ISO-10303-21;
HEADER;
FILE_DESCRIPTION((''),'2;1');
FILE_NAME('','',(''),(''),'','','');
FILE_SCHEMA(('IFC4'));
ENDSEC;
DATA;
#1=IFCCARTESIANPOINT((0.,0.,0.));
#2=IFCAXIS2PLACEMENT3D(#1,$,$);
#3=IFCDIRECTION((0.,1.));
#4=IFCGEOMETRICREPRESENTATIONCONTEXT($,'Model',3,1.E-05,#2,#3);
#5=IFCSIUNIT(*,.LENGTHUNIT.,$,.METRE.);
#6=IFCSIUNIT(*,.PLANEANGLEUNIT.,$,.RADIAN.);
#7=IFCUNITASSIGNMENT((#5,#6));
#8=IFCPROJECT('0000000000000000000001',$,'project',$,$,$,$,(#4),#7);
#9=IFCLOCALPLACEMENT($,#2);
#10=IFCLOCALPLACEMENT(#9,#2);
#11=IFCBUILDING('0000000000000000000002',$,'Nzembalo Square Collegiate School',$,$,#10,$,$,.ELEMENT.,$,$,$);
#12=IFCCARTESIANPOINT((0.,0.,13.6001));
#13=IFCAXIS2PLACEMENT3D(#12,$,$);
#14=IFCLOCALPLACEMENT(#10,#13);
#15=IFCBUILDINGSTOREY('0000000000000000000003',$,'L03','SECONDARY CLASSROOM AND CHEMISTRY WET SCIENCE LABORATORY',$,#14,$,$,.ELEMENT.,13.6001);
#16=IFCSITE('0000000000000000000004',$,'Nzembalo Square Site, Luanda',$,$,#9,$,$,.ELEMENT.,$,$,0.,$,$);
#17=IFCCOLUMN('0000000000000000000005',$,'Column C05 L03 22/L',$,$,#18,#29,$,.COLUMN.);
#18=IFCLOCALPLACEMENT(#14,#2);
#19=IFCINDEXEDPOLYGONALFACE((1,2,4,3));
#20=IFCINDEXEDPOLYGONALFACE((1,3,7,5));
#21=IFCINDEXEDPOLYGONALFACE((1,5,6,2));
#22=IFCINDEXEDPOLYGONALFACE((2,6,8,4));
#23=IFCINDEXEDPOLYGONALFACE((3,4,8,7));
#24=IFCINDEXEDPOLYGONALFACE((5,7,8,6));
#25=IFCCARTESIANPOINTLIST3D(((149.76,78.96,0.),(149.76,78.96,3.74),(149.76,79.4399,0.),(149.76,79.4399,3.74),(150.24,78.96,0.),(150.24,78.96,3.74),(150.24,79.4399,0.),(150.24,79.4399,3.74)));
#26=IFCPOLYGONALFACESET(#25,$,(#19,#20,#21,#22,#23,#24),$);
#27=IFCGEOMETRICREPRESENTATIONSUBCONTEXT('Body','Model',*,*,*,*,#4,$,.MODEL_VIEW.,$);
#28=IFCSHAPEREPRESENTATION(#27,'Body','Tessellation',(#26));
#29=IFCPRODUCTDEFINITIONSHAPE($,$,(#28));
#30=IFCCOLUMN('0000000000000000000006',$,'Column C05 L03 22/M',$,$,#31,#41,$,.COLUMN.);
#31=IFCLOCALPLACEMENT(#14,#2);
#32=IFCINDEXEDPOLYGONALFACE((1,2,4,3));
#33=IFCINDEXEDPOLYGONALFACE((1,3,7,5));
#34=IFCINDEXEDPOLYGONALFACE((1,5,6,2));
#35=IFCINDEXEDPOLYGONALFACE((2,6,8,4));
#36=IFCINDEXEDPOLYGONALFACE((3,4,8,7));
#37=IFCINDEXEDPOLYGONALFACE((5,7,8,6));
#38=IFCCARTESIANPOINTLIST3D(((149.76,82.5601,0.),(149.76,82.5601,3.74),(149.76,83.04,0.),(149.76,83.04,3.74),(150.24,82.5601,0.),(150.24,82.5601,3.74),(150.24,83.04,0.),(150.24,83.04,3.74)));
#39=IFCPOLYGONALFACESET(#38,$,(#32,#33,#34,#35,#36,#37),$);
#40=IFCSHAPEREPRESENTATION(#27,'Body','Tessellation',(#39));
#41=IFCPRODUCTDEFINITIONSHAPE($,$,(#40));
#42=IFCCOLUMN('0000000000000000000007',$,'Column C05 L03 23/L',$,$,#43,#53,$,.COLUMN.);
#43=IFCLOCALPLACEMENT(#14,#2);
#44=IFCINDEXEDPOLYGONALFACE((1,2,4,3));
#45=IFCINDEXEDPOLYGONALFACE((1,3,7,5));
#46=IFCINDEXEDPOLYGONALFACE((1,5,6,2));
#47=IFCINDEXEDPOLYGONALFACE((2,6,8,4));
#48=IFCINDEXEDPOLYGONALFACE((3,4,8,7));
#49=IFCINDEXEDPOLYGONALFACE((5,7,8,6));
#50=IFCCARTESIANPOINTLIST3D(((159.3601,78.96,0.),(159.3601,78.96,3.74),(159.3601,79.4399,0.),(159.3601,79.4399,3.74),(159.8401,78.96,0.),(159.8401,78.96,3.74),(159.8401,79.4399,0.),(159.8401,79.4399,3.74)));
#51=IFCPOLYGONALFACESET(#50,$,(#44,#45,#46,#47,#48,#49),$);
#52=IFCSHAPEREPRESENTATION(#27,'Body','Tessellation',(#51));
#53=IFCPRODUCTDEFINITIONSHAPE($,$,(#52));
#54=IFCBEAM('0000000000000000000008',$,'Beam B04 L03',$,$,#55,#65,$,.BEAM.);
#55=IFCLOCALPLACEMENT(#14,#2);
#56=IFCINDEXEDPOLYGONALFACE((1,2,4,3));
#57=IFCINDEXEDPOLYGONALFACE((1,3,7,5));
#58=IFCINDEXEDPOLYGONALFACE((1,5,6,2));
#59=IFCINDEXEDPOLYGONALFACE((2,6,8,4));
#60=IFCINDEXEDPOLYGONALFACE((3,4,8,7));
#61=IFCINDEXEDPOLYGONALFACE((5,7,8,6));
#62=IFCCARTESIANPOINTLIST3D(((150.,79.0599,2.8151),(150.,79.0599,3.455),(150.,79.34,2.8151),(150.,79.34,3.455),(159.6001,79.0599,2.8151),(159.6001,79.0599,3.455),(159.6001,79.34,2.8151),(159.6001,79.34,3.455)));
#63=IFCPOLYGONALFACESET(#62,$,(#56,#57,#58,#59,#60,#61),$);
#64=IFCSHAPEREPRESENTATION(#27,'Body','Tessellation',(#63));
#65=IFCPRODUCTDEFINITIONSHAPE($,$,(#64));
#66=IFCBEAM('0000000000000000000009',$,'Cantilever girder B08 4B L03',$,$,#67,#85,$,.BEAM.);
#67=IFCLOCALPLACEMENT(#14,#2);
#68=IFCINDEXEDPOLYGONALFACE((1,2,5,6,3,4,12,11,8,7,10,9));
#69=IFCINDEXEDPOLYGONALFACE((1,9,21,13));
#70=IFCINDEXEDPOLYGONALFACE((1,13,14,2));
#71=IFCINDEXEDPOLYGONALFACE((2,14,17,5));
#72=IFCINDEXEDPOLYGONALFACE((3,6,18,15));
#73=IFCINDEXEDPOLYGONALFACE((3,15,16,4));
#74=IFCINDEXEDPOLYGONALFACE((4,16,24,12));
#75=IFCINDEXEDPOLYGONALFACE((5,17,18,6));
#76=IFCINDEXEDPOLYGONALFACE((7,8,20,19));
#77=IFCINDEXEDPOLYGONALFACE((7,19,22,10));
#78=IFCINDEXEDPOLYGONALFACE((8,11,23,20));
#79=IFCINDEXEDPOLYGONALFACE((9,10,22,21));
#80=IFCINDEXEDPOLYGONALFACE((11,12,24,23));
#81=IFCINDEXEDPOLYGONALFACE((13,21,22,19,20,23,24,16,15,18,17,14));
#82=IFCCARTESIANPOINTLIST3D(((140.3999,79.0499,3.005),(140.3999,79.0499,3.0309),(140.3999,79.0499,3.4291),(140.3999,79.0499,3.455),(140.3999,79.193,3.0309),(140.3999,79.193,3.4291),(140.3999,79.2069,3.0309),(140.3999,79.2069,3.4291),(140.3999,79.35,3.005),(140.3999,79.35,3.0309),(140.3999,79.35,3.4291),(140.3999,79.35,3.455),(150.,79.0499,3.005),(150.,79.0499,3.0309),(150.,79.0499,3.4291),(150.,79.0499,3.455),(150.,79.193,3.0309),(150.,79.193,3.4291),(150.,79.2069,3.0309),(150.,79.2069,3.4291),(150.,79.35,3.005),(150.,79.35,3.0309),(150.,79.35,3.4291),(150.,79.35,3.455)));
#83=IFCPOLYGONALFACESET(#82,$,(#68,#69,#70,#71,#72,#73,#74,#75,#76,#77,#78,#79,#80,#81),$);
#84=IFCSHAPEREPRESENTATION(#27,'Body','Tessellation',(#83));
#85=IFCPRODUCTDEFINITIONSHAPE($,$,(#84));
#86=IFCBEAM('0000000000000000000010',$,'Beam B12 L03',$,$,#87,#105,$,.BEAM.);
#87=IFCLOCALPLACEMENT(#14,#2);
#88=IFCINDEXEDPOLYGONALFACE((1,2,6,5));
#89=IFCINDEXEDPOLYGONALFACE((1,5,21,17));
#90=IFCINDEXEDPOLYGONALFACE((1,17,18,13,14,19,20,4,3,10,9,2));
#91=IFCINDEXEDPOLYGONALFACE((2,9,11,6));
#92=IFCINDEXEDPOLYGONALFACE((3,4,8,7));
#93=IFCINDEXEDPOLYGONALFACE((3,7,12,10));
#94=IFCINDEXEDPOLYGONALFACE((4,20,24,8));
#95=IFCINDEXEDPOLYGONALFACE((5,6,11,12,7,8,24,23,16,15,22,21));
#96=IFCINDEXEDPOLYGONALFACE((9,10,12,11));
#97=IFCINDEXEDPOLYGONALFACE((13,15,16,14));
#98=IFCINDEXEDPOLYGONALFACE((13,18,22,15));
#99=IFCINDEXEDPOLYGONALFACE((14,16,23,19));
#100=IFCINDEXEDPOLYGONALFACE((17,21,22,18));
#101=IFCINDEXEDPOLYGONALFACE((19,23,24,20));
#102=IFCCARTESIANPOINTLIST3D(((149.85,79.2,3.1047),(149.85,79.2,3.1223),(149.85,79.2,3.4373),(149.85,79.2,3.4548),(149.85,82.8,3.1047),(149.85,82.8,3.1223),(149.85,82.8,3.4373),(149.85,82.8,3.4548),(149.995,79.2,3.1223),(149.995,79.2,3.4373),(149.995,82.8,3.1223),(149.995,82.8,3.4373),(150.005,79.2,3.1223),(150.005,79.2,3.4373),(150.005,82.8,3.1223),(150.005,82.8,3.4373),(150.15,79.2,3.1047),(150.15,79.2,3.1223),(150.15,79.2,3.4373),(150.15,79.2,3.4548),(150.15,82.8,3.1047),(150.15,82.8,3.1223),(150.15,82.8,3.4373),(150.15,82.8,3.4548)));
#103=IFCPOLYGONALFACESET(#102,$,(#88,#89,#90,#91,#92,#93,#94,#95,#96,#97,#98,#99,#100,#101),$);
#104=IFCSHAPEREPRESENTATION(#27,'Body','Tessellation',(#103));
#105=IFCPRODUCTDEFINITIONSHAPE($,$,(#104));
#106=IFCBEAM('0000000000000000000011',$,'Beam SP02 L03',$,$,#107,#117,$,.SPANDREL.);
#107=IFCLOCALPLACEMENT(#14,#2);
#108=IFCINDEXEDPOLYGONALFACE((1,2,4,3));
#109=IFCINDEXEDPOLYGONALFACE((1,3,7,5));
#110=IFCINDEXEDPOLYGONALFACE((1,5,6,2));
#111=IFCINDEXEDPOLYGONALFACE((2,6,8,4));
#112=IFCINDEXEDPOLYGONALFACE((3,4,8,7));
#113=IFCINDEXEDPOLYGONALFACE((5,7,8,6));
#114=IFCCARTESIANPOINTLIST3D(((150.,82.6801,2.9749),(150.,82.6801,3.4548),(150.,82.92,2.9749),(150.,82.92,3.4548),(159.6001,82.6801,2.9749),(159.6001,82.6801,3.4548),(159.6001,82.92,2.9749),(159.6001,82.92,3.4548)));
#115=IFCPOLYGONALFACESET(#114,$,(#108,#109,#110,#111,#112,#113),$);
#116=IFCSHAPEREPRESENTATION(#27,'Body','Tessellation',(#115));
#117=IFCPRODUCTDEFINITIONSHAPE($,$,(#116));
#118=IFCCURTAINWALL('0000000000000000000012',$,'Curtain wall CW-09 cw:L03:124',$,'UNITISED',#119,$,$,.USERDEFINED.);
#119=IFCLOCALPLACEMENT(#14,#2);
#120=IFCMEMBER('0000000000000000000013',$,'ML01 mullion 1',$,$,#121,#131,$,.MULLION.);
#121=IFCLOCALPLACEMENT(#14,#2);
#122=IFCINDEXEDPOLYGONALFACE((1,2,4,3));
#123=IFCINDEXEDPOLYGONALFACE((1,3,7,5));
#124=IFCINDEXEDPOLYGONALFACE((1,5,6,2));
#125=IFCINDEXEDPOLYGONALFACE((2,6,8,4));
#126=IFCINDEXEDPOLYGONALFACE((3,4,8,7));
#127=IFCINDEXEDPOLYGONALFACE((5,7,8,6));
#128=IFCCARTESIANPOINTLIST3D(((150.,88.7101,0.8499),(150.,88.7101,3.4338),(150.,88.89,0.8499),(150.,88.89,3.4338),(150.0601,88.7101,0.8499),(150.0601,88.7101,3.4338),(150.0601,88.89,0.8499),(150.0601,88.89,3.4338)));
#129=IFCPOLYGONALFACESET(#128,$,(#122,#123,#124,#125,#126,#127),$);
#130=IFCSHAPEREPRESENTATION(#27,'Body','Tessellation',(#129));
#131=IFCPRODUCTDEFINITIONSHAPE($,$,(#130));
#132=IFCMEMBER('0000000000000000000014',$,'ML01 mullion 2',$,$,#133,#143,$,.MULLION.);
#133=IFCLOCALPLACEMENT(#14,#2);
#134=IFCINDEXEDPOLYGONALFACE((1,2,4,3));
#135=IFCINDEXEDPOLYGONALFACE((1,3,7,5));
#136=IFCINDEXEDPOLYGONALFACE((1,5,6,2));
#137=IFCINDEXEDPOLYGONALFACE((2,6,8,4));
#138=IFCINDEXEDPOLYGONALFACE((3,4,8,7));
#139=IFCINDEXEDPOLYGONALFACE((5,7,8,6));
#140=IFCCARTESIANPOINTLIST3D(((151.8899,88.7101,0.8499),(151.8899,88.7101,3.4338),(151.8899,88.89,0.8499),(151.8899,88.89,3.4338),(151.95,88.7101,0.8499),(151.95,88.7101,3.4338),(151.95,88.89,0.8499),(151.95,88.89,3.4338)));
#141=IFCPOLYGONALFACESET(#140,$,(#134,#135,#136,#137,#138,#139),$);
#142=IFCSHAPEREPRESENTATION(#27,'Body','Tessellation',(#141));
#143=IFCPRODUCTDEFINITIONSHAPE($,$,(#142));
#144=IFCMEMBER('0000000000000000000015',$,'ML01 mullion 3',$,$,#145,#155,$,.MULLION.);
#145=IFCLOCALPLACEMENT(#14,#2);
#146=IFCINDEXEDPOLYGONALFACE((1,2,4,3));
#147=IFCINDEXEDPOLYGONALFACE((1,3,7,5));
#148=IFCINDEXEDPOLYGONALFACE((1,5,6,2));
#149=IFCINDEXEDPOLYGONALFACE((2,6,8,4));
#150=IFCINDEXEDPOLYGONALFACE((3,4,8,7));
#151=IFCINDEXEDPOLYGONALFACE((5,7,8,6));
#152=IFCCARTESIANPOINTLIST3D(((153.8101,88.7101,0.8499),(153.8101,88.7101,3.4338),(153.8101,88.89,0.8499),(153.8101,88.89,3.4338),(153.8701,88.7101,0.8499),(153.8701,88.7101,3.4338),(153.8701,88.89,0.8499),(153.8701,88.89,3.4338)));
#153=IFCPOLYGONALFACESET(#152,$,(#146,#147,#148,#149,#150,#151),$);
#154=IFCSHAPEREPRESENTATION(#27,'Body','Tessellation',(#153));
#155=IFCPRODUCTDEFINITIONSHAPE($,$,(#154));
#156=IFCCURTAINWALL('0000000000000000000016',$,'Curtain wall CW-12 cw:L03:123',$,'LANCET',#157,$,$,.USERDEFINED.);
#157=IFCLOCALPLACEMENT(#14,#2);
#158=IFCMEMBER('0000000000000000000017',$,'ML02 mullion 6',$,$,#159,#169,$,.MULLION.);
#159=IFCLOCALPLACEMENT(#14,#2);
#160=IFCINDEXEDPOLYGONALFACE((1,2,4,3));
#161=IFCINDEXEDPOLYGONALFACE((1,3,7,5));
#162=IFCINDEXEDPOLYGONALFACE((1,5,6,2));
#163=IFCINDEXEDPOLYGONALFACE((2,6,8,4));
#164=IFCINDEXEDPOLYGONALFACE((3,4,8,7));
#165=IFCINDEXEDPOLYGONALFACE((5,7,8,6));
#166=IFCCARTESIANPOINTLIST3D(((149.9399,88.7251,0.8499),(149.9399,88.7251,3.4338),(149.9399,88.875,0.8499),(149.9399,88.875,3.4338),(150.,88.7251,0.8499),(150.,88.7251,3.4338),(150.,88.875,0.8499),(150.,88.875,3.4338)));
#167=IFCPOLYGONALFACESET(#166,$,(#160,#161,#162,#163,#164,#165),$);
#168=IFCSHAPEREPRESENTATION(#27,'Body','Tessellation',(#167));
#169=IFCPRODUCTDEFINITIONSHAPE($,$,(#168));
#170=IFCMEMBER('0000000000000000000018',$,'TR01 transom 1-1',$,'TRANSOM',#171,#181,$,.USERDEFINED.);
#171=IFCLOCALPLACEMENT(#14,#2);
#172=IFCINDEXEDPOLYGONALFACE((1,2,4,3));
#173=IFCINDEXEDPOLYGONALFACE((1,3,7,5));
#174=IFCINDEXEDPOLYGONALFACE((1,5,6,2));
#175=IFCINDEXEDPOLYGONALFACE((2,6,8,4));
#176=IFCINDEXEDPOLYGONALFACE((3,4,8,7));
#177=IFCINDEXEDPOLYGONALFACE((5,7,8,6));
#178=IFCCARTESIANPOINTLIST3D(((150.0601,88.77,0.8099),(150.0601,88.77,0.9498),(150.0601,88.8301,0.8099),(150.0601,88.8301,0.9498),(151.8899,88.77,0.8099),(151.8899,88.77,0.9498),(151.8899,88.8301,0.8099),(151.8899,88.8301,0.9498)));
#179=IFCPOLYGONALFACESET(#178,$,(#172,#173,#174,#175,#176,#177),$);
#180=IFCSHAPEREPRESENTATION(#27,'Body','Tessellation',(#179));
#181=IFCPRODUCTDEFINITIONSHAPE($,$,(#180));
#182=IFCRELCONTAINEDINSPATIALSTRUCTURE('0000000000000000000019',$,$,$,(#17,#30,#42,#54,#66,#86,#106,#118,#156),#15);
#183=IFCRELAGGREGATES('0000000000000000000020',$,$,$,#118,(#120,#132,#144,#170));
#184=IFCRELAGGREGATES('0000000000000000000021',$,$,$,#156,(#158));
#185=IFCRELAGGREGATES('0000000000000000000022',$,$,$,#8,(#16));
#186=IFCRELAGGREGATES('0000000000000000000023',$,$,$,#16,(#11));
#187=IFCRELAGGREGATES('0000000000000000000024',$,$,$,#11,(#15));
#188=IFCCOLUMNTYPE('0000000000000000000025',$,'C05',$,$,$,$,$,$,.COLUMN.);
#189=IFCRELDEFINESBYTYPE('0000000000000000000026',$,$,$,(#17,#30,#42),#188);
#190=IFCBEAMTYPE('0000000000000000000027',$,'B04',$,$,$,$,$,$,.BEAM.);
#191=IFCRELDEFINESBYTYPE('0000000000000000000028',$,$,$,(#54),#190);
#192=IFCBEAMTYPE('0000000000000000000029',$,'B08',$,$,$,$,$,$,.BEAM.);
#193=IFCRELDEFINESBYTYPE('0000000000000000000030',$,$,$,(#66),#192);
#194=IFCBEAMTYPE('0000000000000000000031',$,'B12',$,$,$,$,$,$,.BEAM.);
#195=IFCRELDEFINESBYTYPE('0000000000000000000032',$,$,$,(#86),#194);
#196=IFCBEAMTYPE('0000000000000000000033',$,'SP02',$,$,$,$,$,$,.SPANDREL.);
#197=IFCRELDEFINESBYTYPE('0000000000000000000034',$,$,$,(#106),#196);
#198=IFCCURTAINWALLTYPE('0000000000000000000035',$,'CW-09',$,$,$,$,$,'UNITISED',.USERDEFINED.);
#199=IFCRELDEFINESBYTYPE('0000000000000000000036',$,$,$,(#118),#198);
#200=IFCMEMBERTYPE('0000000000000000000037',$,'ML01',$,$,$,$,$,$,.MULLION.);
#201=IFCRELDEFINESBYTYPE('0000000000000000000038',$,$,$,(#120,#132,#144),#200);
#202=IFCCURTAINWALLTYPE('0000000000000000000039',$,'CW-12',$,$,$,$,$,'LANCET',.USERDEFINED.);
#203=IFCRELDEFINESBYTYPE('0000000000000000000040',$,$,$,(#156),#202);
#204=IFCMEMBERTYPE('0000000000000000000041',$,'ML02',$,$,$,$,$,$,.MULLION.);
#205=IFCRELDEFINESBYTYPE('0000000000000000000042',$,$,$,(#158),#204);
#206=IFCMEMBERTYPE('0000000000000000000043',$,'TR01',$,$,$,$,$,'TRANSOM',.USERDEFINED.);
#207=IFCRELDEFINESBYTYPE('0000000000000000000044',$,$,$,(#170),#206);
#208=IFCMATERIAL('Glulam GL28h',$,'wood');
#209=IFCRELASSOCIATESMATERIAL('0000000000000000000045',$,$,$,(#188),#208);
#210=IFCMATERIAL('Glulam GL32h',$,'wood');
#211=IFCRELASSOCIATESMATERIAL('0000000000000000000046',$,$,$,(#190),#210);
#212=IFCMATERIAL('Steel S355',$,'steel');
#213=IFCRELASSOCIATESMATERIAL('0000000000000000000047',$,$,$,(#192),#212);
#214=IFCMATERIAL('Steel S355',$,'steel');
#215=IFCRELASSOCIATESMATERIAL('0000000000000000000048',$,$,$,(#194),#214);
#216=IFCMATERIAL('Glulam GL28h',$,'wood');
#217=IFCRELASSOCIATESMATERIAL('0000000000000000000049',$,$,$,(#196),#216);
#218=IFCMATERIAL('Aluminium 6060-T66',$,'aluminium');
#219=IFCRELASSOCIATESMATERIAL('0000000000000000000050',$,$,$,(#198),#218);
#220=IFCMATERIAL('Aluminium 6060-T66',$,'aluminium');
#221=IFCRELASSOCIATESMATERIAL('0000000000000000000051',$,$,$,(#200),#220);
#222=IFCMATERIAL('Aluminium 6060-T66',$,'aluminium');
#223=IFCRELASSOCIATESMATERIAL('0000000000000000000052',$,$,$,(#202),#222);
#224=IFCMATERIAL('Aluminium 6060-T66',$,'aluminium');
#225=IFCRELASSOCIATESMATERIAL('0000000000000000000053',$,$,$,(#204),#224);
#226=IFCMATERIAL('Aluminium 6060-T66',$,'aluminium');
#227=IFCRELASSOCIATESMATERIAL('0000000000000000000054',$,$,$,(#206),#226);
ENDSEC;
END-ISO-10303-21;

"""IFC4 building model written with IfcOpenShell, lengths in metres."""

from ifc_helpers import new_model, si_unit, direction, frame, origin, origin_2d, place, context, subcontext, project, spatial, rectangle, i_section, extrude, material, material_profile, profile_set, type_object, element, aggregate, save


model = new_model("IFC4")

# Units and contexts
model_context = context("Model", 3, precision=1e-05, world=origin(), true_north=direction((0.0, 1.0)))
body_context = subcontext(model_context, "Body", "Model", "MODEL_VIEW")
ifc_project = project(units=[si_unit("LENGTHUNIT", "METRE"), si_unit("PLANEANGLEUNIT", "RADIAN")], contexts=[model_context])

# Site, building, storey
site_placement = place(None, origin())
site = spatial("IfcSite", under=ifc_project, at=site_placement, Name="Nzembalo Square Site, Luanda", CompositionType="ELEMENT", RefElevation=0.0)
building_placement = place(site_placement, origin())
building = spatial("IfcBuilding", under=site, at=building_placement, Name="Nzembalo Square Collegiate School", CompositionType="ELEMENT")
storey_placement = place(building_placement, frame((0.0, 0.0, 13.6001)))
storey = spatial("IfcBuildingStorey", under=building, at=storey_placement, Name="L03", Description="SECONDARY CLASSROOM AND CHEMISTRY WET SCIENCE LABORATORY", CompositionType="ELEMENT", Elevation=13.6001)

# Columns
ifc_material_1 = material(Name="Glulam GL28h", Category="wood")
ifc_material_profile_1 = material_profile(ifc_material_1, rectangle(XDim=0.48, YDim=0.48, at=origin_2d()), Name="GL28h 480x480")
ifc_profile_set_1 = profile_set([ifc_material_profile_1], Name="Glulam GL28h")
column_type = type_object("IfcColumnType", Name="C05", PredefinedType="COLUMN", material=ifc_profile_set_1)
for number, where, z_axis, x_axis, name in (
    (1, (150.0, 79.2, 0.0), (0.0, 0.0, 1.0), (1.0, 0.0, 0.0), "Column C05 L03 22/L"),
    (2, (150.0, 82.8, 0.0), (0.0, 0.0, 1.0), (1.0, 0.0, 0.0), "Column C05 L03 22/M"),
    (3, (159.6001, 79.2, 0.0), (0.0, 0.0, 1.0), (1.0, 0.0, 0.0), "Column C05 L03 23/L"),
):
    element("IfcColumn", number, at=place(storey_placement, frame(where, z_axis=z_axis, x_axis=x_axis)), inside=storey, type_object=column_type, Name=name, PredefinedType="COLUMN", context=body_context, shape_type="SweptSolid", body=[
        extrude(rectangle(XDim=0.48, YDim=0.48, at=origin_2d()), origin(), (0.0, 0.0, 1.0), 3.74),
    ])

# Beams
ifc_material_2 = material(Name="Glulam GL32h", Category="wood")
ifc_material_profile_2 = material_profile(ifc_material_2, rectangle(XDim=0.28, YDim=0.6399, at=origin_2d()), Name="GL32h 280x640")
ifc_profile_set_2 = profile_set([ifc_material_profile_2], Name="Glulam GL32h")
beam_type_1 = type_object("IfcBeamType", Name="B04", PredefinedType="BEAM", material=ifc_profile_set_2)
beam_1_placement = place(storey_placement, frame((150.0, 79.2, 3.135), z_axis=(1.0, 0.0, 0.0), x_axis=(0.0, 1.0, 0.0)))
element("IfcBeam", 4, at=beam_1_placement, inside=storey, type_object=beam_type_1, Name="Beam B04 L03", PredefinedType="BEAM", context=body_context, shape_type="SweptSolid", body=[
    extrude(rectangle(XDim=0.28, YDim=0.6399, at=origin_2d()), origin(), (0.0, 0.0, 1.0), 9.6001),
])
ifc_material_3 = material(Name="Steel S355", Category="steel")
ifc_material_profile_3 = material_profile(ifc_material_3, i_section(OverallWidth=0.3, OverallDepth=0.45, WebThickness=0.0139, FlangeThickness=0.0259, at=origin_2d()), Name="HEB 450")
ifc_profile_set_3 = profile_set([ifc_material_profile_3], Name="Steel S355")
beam_type_2 = type_object("IfcBeamType", Name="B08", PredefinedType="BEAM", material=ifc_profile_set_3)
beam_2_placement = place(storey_placement, frame((150.0, 79.2, 3.23), z_axis=(-1.0, 0.0, 0.0), x_axis=(0.0, -1.0, 0.0)))
element("IfcBeam", 5, at=beam_2_placement, inside=storey, type_object=beam_type_2, Name="Cantilever girder B08 4B L03", PredefinedType="BEAM", context=body_context, shape_type="SweptSolid", body=[
    extrude(i_section(OverallWidth=0.3, OverallDepth=0.45, WebThickness=0.0139, FlangeThickness=0.0259, at=origin_2d()), origin(), (0.0, 0.0, 1.0), 9.6001),
])
ifc_material_4 = material(Name="Steel S355", Category="steel")
ifc_material_profile_4 = material_profile(ifc_material_4, i_section(OverallWidth=0.3, OverallDepth=0.3501, WebThickness=0.01, FlangeThickness=0.0176, at=origin_2d()), Name="HEA 360")
ifc_profile_set_4 = profile_set([ifc_material_profile_4], Name="Steel S355")
beam_type_3 = type_object("IfcBeamType", Name="B12", PredefinedType="BEAM", material=ifc_profile_set_4)
beam_3_placement = place(storey_placement, frame((150.0, 79.2, 3.2798), z_axis=(0.0, 1.0, 0.0), x_axis=(-1.0, 0.0, 0.0)))
element("IfcBeam", 6, at=beam_3_placement, inside=storey, type_object=beam_type_3, Name="Beam B12 L03", PredefinedType="BEAM", context=body_context, shape_type="SweptSolid", body=[
    extrude(i_section(OverallWidth=0.3, OverallDepth=0.3501, WebThickness=0.01, FlangeThickness=0.0176, at=origin_2d()), origin(), (0.0, 0.0, 1.0), 3.6001),
])
ifc_material_5 = material(Name="Glulam GL28h", Category="wood")
ifc_material_profile_5 = material_profile(ifc_material_5, rectangle(XDim=0.24, YDim=0.48, at=origin_2d()), Name="GL28h 240x480")
ifc_profile_set_5 = profile_set([ifc_material_profile_5], Name="Glulam GL28h")
beam_type_4 = type_object("IfcBeamType", Name="SP02", PredefinedType="SPANDREL", material=ifc_profile_set_5)
beam_4_placement = place(storey_placement, frame((150.0, 82.8, 3.2148), z_axis=(1.0, 0.0, 0.0), x_axis=(0.0, 1.0, 0.0)))
element("IfcBeam", 7, at=beam_4_placement, inside=storey, type_object=beam_type_4, Name="Beam SP02 L03", PredefinedType="SPANDREL", context=body_context, shape_type="SweptSolid", body=[
    extrude(rectangle(XDim=0.24, YDim=0.48, at=origin_2d()), origin(), (0.0, 0.0, 1.0), 9.6001),
])

# Curtain wall, members
ifc_material_6 = material(Name="Aluminium 6060-T66", Category="aluminium")
curtain_wall_type_1 = type_object("IfcCurtainWallType", Name="CW-09", ElementType="UNITISED", PredefinedType="USERDEFINED", material=ifc_material_6)
curtain_wall_1_placement = place(storey_placement, origin())
curtain_wall_1 = element("IfcCurtainWall", 8, at=curtain_wall_1_placement, inside=storey, type_object=curtain_wall_type_1, Name="Curtain wall CW-09 cw:L03:124", ObjectType="UNITISED", PredefinedType="USERDEFINED")
ifc_material_7 = material(Name="Aluminium 6060-T66", Category="aluminium")
ifc_material_profile_6 = material_profile(ifc_material_7, rectangle(XDim=0.0601, YDim=0.1799, at=origin_2d()), Name="ALU M60x180")
ifc_profile_set_6 = profile_set([ifc_material_profile_6], Name="Aluminium 6060-T66")
member_type_1 = type_object("IfcMemberType", Name="ML01", PredefinedType="MULLION", material=ifc_profile_set_6)
member_1_placement = place(storey_placement, frame((150.03, 88.8, 0.8499), z_axis=(0.0, 0.0, 1.0), x_axis=(1.0, 0.0, 0.0)))
member_1 = element("IfcMember", 9, at=member_1_placement, type_object=member_type_1, Name="ML01 mullion 1", PredefinedType="MULLION", context=body_context, shape_type="SweptSolid", body=[
    extrude(rectangle(XDim=0.0601, YDim=0.1799, at=origin_2d()), origin(), (0.0, 0.0, 1.0), 2.584),
])
member_2_placement = place(storey_placement, frame((151.9199, 88.8, 0.8499), z_axis=(0.0, 0.0, 1.0), x_axis=(1.0, 0.0, 0.0)))
member_2 = element("IfcMember", 10, at=member_2_placement, type_object=member_type_1, Name="ML01 mullion 2", PredefinedType="MULLION", context=body_context, shape_type="SweptSolid", body=[
    extrude(rectangle(XDim=0.0601, YDim=0.1799, at=origin_2d()), origin(), (0.0, 0.0, 1.0), 2.584),
])
member_3_placement = place(storey_placement, frame((153.8401, 88.8, 0.8499), z_axis=(0.0, 0.0, 1.0), x_axis=(1.0, 0.0, 0.0)))
member_3 = element("IfcMember", 11, at=member_3_placement, type_object=member_type_1, Name="ML01 mullion 3", PredefinedType="MULLION", context=body_context, shape_type="SweptSolid", body=[
    extrude(rectangle(XDim=0.0601, YDim=0.1799, at=origin_2d()), origin(), (0.0, 0.0, 1.0), 2.584),
])

# Curtain wall, member
ifc_material_8 = material(Name="Aluminium 6060-T66", Category="aluminium")
curtain_wall_type_2 = type_object("IfcCurtainWallType", Name="CW-12", ElementType="LANCET", PredefinedType="USERDEFINED", material=ifc_material_8)
curtain_wall_2_placement = place(storey_placement, origin())
curtain_wall_2 = element("IfcCurtainWall", 12, at=curtain_wall_2_placement, inside=storey, type_object=curtain_wall_type_2, Name="Curtain wall CW-12 cw:L03:123", ObjectType="LANCET", PredefinedType="USERDEFINED")
ifc_material_9 = material(Name="Aluminium 6060-T66", Category="aluminium")
ifc_material_profile_7 = material_profile(ifc_material_9, rectangle(XDim=0.0601, YDim=0.1499, at=origin_2d()), Name="ALU M60x150")
ifc_profile_set_7 = profile_set([ifc_material_profile_7], Name="Aluminium 6060-T66")
member_type_2 = type_object("IfcMemberType", Name="ML02", PredefinedType="MULLION", material=ifc_profile_set_7)
member_4_placement = place(storey_placement, frame((149.97, 88.8, 0.8499), z_axis=(0.0, 0.0, 1.0), x_axis=(1.0, 0.0, 0.0)))
member_4 = element("IfcMember", 13, at=member_4_placement, type_object=member_type_2, Name="ML02 mullion 6", PredefinedType="MULLION", context=body_context, shape_type="SweptSolid", body=[
    extrude(rectangle(XDim=0.0601, YDim=0.1499, at=origin_2d()), origin(), (0.0, 0.0, 1.0), 2.584),
])

# Member
ifc_material_10 = material(Name="Aluminium 6060-T66", Category="aluminium")
ifc_material_profile_8 = material_profile(ifc_material_10, rectangle(XDim=0.0601, YDim=0.1399, at=origin_2d()), Name="ALU T60x140")
ifc_profile_set_8 = profile_set([ifc_material_profile_8], Name="Aluminium 6060-T66")
member_type_3 = type_object("IfcMemberType", Name="TR01", ElementType="TRANSOM", PredefinedType="USERDEFINED", material=ifc_profile_set_8)
member_5_placement = place(storey_placement, frame((150.0601, 88.8, 0.8799), z_axis=(1.0, 0.0, 0.0), x_axis=(0.0, 1.0, 0.0)))
member_5 = element("IfcMember", 14, at=member_5_placement, type_object=member_type_3, Name="TR01 transom 1-1", ObjectType="TRANSOM", PredefinedType="USERDEFINED", context=body_context, shape_type="SweptSolid", body=[
    extrude(rectangle(XDim=0.0601, YDim=0.1399, at=origin_2d()), origin(), (0.0, 0.0, 1.0), 1.8298),
])

aggregate(curtain_wall_1, [member_1, member_2, member_3, member_5])
aggregate(curtain_wall_2, [member_4])

save(model, "model.ifc")
